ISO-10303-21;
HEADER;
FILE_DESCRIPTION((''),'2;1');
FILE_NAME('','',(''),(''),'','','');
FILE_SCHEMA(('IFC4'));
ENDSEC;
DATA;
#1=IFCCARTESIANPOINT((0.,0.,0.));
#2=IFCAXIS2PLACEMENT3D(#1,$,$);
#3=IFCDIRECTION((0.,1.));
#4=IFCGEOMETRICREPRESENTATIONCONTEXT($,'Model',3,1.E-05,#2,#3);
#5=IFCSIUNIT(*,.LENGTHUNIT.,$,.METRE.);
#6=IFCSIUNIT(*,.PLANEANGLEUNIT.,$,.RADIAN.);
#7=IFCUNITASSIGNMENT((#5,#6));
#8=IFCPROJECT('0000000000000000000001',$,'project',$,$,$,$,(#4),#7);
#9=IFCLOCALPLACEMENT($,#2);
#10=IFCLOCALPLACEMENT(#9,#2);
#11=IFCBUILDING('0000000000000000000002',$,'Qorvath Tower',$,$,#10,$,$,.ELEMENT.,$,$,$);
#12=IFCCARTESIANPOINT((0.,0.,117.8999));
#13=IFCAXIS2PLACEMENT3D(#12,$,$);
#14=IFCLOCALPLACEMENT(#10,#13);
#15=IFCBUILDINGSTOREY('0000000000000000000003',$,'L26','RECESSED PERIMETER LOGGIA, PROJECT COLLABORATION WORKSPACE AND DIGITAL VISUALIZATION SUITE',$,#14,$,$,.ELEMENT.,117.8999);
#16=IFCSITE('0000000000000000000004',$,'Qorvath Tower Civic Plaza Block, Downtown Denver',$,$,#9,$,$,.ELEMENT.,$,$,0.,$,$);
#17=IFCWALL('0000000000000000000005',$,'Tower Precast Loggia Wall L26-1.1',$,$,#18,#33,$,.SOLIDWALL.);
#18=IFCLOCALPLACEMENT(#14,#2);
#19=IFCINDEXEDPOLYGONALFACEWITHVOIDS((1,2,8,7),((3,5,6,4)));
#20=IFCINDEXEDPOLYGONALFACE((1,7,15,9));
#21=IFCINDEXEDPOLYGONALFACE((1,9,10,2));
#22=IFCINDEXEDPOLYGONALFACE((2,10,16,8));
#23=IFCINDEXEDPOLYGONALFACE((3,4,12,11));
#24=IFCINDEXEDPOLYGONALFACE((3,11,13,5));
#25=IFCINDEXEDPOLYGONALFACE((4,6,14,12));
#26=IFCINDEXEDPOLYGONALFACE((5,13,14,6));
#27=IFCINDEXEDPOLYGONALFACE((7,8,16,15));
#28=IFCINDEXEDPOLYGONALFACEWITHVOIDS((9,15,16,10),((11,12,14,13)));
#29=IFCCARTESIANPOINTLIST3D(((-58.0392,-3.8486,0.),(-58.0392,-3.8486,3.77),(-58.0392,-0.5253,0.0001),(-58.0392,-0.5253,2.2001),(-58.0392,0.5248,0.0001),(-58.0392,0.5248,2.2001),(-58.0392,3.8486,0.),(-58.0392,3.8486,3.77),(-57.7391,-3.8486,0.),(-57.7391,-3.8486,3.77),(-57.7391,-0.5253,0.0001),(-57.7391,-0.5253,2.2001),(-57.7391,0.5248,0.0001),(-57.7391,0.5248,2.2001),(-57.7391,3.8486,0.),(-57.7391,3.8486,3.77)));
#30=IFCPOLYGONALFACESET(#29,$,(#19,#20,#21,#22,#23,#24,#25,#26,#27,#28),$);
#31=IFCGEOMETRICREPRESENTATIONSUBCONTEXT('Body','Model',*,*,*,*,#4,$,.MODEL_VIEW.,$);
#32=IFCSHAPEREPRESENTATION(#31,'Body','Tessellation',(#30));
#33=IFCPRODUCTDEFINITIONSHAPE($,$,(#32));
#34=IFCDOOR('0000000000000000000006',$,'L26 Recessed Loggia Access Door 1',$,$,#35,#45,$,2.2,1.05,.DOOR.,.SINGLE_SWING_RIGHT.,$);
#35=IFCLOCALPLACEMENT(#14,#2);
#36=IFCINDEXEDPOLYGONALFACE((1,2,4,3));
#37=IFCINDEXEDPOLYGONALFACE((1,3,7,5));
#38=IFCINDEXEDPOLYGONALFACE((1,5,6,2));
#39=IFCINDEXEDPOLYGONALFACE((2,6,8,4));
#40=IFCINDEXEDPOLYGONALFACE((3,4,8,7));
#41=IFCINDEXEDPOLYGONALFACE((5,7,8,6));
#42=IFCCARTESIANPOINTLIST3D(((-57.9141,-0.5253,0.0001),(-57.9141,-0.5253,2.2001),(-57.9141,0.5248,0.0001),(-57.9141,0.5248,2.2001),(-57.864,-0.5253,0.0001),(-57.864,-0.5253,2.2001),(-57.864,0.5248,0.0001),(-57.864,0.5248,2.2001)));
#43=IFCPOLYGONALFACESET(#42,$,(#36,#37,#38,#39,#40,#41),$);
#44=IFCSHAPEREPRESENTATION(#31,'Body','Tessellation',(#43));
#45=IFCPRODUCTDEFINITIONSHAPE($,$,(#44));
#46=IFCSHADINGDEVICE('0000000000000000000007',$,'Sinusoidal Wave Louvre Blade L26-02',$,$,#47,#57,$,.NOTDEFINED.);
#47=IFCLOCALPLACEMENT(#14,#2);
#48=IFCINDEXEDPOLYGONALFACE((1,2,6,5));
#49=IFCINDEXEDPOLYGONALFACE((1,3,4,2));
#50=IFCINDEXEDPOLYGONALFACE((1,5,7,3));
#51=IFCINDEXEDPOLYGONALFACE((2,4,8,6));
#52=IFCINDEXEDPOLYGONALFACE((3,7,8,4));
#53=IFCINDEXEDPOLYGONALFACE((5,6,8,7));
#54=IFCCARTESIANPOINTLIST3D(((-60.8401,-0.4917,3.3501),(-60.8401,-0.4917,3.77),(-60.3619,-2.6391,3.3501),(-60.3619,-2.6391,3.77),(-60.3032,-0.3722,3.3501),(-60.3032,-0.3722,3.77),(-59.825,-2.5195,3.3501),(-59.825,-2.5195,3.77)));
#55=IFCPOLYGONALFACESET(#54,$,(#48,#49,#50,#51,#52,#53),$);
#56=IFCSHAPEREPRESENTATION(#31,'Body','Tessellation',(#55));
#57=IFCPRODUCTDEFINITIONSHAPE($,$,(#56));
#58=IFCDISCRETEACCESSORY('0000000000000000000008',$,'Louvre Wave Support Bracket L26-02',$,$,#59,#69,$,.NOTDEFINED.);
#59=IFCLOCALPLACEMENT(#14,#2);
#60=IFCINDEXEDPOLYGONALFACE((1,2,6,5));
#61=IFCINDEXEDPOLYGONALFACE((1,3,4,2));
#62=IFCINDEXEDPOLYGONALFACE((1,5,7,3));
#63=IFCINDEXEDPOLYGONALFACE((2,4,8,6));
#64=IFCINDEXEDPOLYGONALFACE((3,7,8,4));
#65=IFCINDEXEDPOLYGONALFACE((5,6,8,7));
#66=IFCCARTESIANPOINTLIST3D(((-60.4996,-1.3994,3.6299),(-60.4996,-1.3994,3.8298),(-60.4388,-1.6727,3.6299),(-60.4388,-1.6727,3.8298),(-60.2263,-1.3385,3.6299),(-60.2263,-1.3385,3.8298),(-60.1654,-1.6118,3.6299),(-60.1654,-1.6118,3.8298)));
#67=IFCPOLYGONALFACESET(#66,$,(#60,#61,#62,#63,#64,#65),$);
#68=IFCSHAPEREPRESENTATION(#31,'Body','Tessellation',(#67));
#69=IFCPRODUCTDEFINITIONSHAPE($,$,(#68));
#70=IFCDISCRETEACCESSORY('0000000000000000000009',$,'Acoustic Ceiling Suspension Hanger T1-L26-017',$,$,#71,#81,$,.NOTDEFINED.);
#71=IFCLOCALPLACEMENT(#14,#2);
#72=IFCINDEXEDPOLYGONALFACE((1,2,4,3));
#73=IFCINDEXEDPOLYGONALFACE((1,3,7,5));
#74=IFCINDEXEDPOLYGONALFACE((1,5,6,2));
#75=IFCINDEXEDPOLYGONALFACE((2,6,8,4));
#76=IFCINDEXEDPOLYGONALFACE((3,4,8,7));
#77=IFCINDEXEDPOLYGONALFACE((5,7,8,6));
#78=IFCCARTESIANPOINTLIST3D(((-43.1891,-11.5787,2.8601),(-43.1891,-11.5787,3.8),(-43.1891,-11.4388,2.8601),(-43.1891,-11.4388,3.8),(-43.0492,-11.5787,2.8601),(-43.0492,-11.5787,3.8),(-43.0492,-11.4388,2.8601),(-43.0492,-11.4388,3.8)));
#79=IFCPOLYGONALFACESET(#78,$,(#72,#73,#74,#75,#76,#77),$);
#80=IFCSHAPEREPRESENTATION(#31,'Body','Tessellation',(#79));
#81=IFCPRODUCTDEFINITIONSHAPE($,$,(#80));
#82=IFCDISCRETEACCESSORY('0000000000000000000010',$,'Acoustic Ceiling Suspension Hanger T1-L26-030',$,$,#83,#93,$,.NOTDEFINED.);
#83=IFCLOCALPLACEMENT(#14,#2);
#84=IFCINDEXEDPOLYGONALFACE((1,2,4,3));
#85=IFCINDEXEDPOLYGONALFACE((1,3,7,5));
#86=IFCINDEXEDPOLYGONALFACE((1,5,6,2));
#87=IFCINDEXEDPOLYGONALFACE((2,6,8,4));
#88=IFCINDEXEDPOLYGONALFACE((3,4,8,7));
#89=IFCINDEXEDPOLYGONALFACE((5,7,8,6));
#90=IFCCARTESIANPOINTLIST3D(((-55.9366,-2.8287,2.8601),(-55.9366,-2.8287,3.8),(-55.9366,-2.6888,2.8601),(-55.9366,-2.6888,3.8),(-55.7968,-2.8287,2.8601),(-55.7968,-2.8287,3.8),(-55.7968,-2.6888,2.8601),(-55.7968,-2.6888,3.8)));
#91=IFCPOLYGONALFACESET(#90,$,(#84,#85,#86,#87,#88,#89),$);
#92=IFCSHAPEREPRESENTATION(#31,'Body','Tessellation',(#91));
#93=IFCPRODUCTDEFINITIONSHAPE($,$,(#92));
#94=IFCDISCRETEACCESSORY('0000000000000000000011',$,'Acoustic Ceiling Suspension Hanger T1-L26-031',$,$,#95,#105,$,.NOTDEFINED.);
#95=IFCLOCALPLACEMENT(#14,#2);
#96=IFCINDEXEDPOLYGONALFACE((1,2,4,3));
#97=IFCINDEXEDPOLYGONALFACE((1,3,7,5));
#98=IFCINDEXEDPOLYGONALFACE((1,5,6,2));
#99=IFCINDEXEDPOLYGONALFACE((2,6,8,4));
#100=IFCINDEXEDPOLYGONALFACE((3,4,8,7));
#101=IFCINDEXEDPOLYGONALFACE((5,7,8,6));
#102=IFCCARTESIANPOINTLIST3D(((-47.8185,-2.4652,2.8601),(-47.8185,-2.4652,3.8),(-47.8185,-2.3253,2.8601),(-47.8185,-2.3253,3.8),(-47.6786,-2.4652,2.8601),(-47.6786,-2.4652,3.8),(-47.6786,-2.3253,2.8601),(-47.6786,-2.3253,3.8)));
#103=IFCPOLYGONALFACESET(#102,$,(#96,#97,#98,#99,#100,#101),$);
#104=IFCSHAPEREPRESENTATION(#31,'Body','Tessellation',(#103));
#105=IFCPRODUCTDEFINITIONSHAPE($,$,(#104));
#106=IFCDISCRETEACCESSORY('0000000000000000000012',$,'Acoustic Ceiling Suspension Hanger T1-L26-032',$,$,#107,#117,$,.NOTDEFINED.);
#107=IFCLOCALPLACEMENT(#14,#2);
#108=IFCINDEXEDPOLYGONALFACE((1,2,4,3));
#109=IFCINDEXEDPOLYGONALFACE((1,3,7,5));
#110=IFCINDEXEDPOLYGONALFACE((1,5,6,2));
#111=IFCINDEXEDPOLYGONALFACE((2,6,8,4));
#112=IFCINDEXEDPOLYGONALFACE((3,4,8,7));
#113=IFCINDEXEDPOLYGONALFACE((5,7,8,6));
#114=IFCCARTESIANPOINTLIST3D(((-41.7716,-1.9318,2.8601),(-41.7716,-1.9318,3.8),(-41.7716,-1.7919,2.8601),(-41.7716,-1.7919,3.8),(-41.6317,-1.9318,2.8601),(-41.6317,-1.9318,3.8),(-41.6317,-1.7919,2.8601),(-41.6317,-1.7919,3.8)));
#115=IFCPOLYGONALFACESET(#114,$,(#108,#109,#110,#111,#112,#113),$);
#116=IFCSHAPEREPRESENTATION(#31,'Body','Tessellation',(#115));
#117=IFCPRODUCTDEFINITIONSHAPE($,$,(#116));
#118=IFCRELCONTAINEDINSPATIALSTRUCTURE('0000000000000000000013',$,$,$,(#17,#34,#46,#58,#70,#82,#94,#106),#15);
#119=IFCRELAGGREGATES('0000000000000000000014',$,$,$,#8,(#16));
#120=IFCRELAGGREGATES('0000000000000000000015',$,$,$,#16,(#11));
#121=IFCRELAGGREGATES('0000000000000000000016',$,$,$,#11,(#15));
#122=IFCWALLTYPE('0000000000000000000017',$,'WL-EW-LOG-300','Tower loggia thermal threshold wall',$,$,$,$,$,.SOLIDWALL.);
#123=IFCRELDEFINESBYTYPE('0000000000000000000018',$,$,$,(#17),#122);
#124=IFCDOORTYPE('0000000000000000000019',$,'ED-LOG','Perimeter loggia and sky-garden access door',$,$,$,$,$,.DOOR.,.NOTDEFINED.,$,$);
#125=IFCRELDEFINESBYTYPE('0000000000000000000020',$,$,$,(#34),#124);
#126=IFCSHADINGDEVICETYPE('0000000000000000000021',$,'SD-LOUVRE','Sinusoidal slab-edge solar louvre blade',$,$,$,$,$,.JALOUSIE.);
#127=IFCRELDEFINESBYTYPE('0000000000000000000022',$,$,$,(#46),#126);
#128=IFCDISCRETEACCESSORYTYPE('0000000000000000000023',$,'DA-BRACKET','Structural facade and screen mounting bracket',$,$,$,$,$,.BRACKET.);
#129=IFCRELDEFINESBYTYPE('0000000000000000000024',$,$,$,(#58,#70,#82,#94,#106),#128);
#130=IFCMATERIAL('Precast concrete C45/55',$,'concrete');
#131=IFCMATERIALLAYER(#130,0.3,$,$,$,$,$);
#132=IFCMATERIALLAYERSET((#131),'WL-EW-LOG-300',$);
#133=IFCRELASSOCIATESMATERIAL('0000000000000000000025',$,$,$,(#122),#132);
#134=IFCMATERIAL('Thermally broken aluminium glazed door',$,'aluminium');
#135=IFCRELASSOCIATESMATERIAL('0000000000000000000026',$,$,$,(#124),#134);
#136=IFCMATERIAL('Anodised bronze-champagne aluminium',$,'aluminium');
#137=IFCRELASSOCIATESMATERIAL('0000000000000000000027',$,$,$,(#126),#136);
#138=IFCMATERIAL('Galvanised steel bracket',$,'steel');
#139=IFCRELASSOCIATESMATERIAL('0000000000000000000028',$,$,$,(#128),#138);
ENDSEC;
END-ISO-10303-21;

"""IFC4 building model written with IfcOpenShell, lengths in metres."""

from ifc_helpers import new_model, si_unit, direction, frame, frame_2d, origin, origin_2d, place, context, subcontext, project, spatial, rectangle, extrude, material, layer, layer_set, type_object, element, fill, save


model = new_model("IFC4")

# Units and contexts
model_context = context("Model", 3, precision=1e-05, world=origin(), true_north=direction((0.0, 1.0)))
body_context = subcontext(model_context, "Body", "Model", "MODEL_VIEW")
ifc_project = project(units=[si_unit("LENGTHUNIT", "METRE"), si_unit("PLANEANGLEUNIT", "RADIAN")], contexts=[model_context])

# Site, building, storey
site_placement = place(None, origin())
site = spatial("IfcSite", under=ifc_project, at=site_placement, Name="Qorvath Tower Civic Plaza Block, Downtown Denver", CompositionType="ELEMENT", RefElevation=0.0)
building_placement = place(site_placement, origin())
building = spatial("IfcBuilding", under=site, at=building_placement, Name="Qorvath Tower", CompositionType="ELEMENT")
storey_placement = place(building_placement, frame((0.0, 0.0, 117.8999)))
storey = spatial("IfcBuildingStorey", under=building, at=storey_placement, Name="L26", Description="RECESSED PERIMETER LOGGIA, PROJECT COLLABORATION WORKSPACE AND DIGITAL VISUALIZATION SUITE", CompositionType="ELEMENT", Elevation=117.8999)

# Wall, opening, door
ifc_material_1 = material(Name="Precast concrete C45/55", Category="concrete")
ifc_layer_1 = layer(ifc_material_1, 0.3)
ifc_layer_set_1 = layer_set([ifc_layer_1], Name="WL-EW-LOG-300")
wall_type = type_object("IfcWallType", Name="WL-EW-LOG-300", Description="Tower loggia thermal threshold wall", PredefinedType="SOLIDWALL", material=ifc_layer_set_1)
wall_placement = place(storey_placement, frame((-57.8892, -3.8486, 0.0), z_axis=(0.0, 0.0, 1.0), x_axis=(0.0, 1.0, 0.0)))
wall = element("IfcWall", 1, at=wall_placement, inside=storey, type_object=wall_type, Name="Tower Precast Loggia Wall L26-1.1", PredefinedType="SOLIDWALL", context=body_context, shape_type="SweptSolid", body=[
    extrude(rectangle(XDim=7.6973, YDim=0.3, at=frame_2d((3.8486, 0.0))), origin(), (0.0, 0.0, 1.0), 3.77),
])
opening_placement = place(wall_placement, frame((3.3235, 0.0, 0.0)))
opening = element("IfcOpeningElement", 2, at=opening_placement, cuts=wall, PredefinedType="OPENING", context=body_context, shape_type="SweptSolid", body=[
    extrude(rectangle(XDim=1.05, YDim=2.2, at=frame_2d((0.5249, 1.1001))), frame((0.0, 0.1602, 0.0), z_axis=(0.0, -1.0, 0.0), x_axis=(1.0, 0.0, 0.0)), (0.0, 0.0, 1.0), 0.3201),
])
ifc_material_2 = material(Name="Thermally broken aluminium glazed door", Category="aluminium")
door_type = type_object("IfcDoorType", Name="ED-LOG", Description="Perimeter loggia and sky-garden access door", OperationType="NOTDEFINED", PredefinedType="DOOR", material=ifc_material_2)
door_placement = place(opening_placement, origin())
door = element("IfcDoor", 3, at=door_placement, inside=storey, type_object=door_type, Name="L26 Recessed Loggia Access Door 1", OperationType="SINGLE_SWING_RIGHT", OverallHeight=2.2, OverallWidth=1.05, PredefinedType="DOOR", context=body_context, shape_type="SweptSolid", body=[
    extrude(rectangle(XDim=1.05, YDim=2.2, at=frame_2d((0.5249, 1.1001))), frame((0.0, 0.0249, 0.0), z_axis=(0.0, -1.0, 0.0), x_axis=(1.0, 0.0, 0.0)), (0.0, 0.0, 1.0), 0.05),
])
fill(opening, door)

# Shading device
ifc_material_3 = material(Name="Anodised bronze-champagne aluminium", Category="aluminium")
shading_device_type = type_object("IfcShadingDeviceType", Name="SD-LOUVRE", Description="Sinusoidal slab-edge solar louvre blade", PredefinedType="JALOUSIE", material=ifc_material_3)
shading_device_placement = place(storey_placement, frame((-60.3325, -1.5056, 3.3501), z_axis=(0.0, 0.0, 1.0), x_axis=(0.217372, -0.976089, 0.0)))
element("IfcShadingDevice", 4, at=shading_device_placement, inside=storey, type_object=shading_device_type, Name="Sinusoidal Wave Louvre Blade L26-02", PredefinedType="NOTDEFINED", context=body_context, shape_type="SweptSolid", body=[
    extrude(rectangle(XDim=2.2, YDim=0.55, at=origin_2d()), origin(), (0.0, 0.0, 1.0), 0.4199),
])

# Discrete accessories
ifc_material_4 = material(Name="Galvanised steel bracket", Category="steel")
discrete_accessory_type = type_object("IfcDiscreteAccessoryType", Name="DA-BRACKET", Description="Structural facade and screen mounting bracket", PredefinedType="BRACKET", material=ifc_material_4)
discrete_accessory_placement = place(storey_placement, frame((-60.3325, -1.5056, 3.6299), z_axis=(0.0, 0.0, 1.0), x_axis=(0.217372, -0.976089, 0.0)))
element("IfcDiscreteAccessory", 5, at=discrete_accessory_placement, inside=storey, type_object=discrete_accessory_type, Name="Louvre Wave Support Bracket L26-02", PredefinedType="NOTDEFINED", context=body_context, shape_type="SweptSolid", body=[
    extrude(rectangle(XDim=0.28, YDim=0.28, at=origin_2d()), origin(), (0.0, 0.0, 1.0), 0.2),
])
for number, where, z_axis, x_axis, name in (
    (6, (-43.1191, -11.5088, 2.8601), (0.0, 0.0, 1.0), (1.0, 0.0, 0.0), "Acoustic Ceiling Suspension Hanger T1-L26-017"),
    (7, (-55.8667, -2.7588, 2.8601), (0.0, 0.0, 1.0), (1.0, 0.0, 0.0), "Acoustic Ceiling Suspension Hanger T1-L26-030"),
    (8, (-47.7485, -2.3953, 2.8601), (0.0, 0.0, 1.0), (1.0, 0.0, 0.0), "Acoustic Ceiling Suspension Hanger T1-L26-031"),
    (9, (-41.7017, -1.8618, 2.8601), (0.0, 0.0, 1.0), (1.0, 0.0, 0.0), "Acoustic Ceiling Suspension Hanger T1-L26-032"),
):
    element("IfcDiscreteAccessory", number, at=place(storey_placement, frame(where, z_axis=z_axis, x_axis=x_axis)), inside=storey, type_object=discrete_accessory_type, Name=name, PredefinedType="NOTDEFINED", context=body_context, shape_type="SweptSolid", body=[
        extrude(rectangle(XDim=0.1399, YDim=0.1399, at=origin_2d()), origin(), (0.0, 0.0, 1.0), 0.9399),
    ])

save(model, "model.ifc")
